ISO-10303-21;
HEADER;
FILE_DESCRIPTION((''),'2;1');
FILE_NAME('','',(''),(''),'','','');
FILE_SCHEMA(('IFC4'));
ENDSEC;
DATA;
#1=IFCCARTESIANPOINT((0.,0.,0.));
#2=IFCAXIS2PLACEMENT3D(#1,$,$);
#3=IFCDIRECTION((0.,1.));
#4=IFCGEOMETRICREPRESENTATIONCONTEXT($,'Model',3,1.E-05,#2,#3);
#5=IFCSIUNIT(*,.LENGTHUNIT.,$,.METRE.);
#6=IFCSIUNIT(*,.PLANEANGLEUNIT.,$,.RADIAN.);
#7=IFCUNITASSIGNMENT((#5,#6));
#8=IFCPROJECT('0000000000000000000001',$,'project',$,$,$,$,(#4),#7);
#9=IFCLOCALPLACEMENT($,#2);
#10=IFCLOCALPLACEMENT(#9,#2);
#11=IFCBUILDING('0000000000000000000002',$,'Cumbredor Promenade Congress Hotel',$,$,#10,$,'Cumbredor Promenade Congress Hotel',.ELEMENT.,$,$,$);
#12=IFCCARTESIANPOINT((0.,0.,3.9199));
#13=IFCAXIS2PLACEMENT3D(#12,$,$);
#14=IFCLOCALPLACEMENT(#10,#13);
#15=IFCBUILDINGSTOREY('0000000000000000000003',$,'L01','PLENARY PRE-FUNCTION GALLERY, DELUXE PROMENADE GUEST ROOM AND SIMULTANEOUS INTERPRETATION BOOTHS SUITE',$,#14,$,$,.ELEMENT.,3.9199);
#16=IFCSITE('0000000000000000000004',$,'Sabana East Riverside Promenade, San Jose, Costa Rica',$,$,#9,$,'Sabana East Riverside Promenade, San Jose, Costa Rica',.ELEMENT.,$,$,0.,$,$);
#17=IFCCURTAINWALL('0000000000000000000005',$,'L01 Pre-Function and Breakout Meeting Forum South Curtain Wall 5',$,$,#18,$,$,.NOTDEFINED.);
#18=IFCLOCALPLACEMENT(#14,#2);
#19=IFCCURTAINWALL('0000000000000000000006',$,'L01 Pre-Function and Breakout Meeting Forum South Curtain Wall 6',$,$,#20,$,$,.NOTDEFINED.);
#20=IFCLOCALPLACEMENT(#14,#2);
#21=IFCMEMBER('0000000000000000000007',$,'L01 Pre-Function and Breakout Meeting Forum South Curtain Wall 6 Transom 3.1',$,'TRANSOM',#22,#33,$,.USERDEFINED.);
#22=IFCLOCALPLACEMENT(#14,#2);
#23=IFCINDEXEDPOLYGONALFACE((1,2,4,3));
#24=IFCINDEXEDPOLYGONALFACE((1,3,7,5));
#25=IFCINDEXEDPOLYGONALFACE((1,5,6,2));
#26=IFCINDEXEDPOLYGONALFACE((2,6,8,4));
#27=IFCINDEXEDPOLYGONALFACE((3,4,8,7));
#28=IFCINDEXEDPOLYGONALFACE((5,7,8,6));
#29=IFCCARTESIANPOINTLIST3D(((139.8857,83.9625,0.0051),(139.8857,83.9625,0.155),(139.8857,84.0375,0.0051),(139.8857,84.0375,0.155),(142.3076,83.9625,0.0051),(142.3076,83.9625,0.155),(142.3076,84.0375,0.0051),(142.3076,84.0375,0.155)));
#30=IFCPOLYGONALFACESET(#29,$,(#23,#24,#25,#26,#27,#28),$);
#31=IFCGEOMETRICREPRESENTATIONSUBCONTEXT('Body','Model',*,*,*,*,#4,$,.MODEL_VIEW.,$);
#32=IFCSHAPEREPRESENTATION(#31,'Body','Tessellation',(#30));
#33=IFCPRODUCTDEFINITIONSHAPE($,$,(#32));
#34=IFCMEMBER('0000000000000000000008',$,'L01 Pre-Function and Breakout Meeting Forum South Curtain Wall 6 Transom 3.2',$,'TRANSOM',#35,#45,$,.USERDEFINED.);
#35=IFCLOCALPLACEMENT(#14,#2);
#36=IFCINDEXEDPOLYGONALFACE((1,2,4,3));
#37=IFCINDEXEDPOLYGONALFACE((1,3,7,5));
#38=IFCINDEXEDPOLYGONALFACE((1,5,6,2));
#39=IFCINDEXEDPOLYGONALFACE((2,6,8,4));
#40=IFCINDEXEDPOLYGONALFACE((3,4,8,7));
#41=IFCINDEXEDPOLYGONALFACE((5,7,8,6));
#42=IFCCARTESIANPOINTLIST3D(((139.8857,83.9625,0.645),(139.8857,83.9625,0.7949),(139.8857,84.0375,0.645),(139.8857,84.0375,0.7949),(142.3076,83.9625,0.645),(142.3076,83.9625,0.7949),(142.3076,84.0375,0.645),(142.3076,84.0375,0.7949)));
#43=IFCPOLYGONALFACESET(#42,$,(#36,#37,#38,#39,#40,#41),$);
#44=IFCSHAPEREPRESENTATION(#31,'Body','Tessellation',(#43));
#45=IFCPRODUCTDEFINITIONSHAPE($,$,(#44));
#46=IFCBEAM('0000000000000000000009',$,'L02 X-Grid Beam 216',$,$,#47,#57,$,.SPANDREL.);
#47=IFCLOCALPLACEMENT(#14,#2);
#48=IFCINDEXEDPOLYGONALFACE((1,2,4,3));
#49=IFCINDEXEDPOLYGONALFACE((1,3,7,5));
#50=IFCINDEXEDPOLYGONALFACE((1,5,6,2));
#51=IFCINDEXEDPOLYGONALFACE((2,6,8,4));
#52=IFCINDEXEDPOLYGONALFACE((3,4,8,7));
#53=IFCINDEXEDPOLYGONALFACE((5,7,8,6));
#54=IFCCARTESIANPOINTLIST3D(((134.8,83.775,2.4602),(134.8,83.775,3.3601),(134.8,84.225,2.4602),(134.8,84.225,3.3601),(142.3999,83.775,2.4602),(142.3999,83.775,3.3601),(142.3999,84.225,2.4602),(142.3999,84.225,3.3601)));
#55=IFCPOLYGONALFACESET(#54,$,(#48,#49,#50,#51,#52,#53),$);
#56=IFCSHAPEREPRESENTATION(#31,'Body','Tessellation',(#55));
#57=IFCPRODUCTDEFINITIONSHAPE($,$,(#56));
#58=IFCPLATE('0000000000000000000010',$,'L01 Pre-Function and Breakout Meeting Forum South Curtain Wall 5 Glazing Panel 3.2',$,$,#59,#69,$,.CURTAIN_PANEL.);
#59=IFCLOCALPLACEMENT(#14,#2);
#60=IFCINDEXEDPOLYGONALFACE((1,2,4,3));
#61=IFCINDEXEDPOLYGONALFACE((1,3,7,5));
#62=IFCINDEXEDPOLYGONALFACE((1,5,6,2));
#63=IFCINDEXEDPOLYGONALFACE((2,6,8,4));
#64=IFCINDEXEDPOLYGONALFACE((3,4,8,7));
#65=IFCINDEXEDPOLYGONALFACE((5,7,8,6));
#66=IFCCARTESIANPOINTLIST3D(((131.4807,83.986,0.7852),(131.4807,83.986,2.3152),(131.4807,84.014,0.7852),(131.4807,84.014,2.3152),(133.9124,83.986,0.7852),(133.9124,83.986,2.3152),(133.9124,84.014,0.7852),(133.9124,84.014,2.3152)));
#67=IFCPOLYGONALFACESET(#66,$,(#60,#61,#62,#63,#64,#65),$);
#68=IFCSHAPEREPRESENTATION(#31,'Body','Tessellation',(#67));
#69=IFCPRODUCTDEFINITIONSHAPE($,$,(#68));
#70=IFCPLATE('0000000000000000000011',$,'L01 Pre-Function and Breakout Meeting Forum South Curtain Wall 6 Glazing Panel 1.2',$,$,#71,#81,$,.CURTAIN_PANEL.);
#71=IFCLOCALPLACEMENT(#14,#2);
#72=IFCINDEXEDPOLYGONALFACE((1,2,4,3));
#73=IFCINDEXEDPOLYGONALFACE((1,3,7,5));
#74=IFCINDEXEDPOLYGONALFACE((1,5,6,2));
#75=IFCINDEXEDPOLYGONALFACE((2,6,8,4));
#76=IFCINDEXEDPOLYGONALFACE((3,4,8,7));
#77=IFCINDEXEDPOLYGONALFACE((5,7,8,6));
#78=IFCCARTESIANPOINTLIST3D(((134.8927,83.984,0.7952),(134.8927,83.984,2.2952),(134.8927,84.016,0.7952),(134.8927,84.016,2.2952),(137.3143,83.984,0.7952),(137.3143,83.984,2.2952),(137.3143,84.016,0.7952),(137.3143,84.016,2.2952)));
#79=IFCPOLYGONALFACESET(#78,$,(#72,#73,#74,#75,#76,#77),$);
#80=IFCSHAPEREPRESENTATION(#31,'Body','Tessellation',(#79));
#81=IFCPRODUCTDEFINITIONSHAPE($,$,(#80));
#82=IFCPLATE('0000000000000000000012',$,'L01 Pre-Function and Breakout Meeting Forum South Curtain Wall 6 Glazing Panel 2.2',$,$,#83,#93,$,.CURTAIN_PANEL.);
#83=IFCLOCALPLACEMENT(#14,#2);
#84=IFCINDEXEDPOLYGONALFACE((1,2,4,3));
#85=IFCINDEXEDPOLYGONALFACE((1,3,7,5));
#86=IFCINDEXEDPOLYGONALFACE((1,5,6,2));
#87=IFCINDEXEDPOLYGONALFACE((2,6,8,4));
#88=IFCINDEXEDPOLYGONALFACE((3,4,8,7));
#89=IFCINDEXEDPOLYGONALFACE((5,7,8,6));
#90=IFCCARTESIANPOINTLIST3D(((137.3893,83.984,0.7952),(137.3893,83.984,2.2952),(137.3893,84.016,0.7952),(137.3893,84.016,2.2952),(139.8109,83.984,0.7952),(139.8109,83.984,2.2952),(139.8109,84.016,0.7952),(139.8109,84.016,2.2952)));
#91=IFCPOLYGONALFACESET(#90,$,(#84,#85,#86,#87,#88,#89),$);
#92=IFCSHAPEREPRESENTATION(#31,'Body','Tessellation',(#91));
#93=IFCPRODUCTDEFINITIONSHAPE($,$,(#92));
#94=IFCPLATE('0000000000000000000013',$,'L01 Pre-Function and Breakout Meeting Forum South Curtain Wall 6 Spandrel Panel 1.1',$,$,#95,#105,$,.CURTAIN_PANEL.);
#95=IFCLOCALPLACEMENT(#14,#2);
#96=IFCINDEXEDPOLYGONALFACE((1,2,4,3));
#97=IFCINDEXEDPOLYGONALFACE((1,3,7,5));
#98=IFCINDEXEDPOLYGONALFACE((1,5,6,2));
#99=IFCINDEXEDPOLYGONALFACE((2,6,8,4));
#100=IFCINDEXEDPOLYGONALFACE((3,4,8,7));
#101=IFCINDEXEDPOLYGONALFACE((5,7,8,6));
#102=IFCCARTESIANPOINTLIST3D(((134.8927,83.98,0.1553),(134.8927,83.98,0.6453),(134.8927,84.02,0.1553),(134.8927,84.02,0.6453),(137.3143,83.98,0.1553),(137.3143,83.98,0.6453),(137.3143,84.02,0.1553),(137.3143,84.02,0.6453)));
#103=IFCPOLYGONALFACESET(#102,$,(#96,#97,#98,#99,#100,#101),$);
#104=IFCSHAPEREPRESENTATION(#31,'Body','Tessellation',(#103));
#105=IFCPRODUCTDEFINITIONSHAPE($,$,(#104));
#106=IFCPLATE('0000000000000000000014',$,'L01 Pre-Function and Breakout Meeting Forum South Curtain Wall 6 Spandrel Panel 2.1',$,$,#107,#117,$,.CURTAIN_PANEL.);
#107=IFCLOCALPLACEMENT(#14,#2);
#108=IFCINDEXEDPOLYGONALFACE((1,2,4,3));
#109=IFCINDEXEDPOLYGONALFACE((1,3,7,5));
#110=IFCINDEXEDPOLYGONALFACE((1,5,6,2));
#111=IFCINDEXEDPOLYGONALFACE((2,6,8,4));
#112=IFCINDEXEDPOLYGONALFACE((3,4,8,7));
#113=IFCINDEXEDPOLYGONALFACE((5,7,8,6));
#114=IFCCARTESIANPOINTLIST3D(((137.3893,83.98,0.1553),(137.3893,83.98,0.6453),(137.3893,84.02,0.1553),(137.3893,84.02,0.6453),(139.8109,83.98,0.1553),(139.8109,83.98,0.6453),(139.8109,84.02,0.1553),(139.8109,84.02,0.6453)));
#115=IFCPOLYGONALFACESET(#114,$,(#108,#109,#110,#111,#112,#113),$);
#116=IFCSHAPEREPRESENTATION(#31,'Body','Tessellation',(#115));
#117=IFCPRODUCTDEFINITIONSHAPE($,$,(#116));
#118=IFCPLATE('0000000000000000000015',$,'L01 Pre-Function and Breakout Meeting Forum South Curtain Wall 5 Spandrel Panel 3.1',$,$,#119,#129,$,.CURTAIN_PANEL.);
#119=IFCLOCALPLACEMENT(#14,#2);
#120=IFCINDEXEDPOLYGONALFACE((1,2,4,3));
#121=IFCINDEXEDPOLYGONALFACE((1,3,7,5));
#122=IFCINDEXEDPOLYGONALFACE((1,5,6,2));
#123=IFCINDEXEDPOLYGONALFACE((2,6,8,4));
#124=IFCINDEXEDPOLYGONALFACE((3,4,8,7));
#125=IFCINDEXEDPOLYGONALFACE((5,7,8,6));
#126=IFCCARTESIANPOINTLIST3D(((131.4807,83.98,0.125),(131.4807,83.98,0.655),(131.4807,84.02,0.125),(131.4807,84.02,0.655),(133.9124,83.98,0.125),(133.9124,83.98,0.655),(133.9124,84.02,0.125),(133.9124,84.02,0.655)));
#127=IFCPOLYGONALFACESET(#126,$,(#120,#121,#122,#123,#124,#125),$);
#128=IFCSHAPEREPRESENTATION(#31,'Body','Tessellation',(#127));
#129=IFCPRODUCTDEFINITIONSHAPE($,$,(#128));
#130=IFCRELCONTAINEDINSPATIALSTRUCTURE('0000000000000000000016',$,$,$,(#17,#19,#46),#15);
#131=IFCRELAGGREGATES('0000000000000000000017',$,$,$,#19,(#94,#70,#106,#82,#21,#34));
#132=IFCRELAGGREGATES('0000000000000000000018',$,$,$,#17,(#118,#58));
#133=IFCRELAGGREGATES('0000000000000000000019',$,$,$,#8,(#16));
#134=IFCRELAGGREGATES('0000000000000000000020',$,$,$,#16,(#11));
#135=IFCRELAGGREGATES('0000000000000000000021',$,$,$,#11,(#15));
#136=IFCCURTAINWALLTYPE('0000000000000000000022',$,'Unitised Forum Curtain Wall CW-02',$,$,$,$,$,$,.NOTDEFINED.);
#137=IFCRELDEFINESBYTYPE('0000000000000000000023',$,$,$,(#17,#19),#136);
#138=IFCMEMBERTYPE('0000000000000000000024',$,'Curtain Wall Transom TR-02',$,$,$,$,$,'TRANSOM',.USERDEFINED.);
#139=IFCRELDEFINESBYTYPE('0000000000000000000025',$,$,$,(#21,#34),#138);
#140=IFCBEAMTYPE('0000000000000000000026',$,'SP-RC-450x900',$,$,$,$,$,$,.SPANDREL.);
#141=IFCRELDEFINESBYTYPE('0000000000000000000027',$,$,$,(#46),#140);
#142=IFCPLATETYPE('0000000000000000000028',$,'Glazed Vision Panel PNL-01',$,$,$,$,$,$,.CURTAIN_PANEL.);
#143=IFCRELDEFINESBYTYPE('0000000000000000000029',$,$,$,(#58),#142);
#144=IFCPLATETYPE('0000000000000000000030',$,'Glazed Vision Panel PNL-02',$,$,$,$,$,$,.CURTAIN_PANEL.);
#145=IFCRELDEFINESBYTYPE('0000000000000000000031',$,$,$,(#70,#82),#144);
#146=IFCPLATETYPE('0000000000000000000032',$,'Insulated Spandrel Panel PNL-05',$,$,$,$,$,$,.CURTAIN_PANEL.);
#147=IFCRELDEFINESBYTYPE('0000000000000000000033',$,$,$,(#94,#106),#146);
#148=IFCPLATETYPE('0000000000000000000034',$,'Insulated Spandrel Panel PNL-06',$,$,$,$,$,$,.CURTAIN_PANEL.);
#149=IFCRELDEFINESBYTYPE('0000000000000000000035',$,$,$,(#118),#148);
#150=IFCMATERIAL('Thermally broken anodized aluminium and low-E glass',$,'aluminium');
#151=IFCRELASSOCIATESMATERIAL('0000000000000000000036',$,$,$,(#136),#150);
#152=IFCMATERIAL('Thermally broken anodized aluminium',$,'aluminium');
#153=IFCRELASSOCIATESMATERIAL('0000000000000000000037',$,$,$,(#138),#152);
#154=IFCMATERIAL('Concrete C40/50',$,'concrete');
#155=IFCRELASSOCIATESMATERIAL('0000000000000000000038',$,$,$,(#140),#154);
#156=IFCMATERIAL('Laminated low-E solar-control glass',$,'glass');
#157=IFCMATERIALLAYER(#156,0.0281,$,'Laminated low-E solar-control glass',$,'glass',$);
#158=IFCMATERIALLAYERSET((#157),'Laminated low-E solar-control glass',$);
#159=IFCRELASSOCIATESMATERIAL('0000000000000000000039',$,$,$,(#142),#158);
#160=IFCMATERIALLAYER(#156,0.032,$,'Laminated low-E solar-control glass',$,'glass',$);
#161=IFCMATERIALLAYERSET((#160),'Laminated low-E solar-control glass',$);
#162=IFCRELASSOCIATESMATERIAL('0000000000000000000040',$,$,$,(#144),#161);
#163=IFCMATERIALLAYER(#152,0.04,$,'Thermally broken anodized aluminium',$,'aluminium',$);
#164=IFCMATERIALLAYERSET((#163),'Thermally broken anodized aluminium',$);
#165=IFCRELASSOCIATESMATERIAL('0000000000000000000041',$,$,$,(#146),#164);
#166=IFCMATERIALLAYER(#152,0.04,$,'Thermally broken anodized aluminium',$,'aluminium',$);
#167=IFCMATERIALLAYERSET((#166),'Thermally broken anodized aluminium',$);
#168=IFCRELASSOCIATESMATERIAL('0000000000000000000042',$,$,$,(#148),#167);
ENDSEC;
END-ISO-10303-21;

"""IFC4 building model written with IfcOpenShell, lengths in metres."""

from ifc_helpers import new_model, si_unit, direction, frame, origin, origin_2d, place, context, subcontext, project, spatial, rectangle, extrude, material, layer, layer_set, material_profile, profile_set, type_object, element, aggregate, save


model = new_model("IFC4")

# Units and contexts
model_context = context("Model", 3, precision=1e-05, world=origin(), true_north=direction((0.0, 1.0)))
body_context = subcontext(model_context, "Body", "Model", "MODEL_VIEW")
ifc_project = project(units=[si_unit("LENGTHUNIT", "METRE"), si_unit("PLANEANGLEUNIT", "RADIAN")], contexts=[model_context])

# Site, building, storey
site_placement = place(None, origin())
site = spatial("IfcSite", under=ifc_project, at=site_placement, Name="Sabana East Riverside Promenade, San Jose, Costa Rica", LongName="Sabana East Riverside Promenade, San Jose, Costa Rica", CompositionType="ELEMENT", RefElevation=0.0)
building_placement = place(site_placement, origin())
building = spatial("IfcBuilding", under=site, at=building_placement, Name="Cumbredor Promenade Congress Hotel", LongName="Cumbredor Promenade Congress Hotel", CompositionType="ELEMENT")
storey_placement = place(building_placement, frame((0.0, 0.0, 3.9199)))
storey = spatial("IfcBuildingStorey", under=building, at=storey_placement, Name="L01", Description="PLENARY PRE-FUNCTION GALLERY, DELUXE PROMENADE GUEST ROOM AND SIMULTANEOUS INTERPRETATION BOOTHS SUITE", CompositionType="ELEMENT", Elevation=3.9199)

# Curtain wall
ifc_material_1 = material(Name="Thermally broken anodized aluminium and low-E glass", Category="aluminium")
curtain_wall_type = type_object("IfcCurtainWallType", Name="Unitised Forum Curtain Wall CW-02", PredefinedType="NOTDEFINED", material=ifc_material_1)
curtain_wall_1_placement = place(storey_placement, origin())
curtain_wall_1 = element("IfcCurtainWall", 1, at=curtain_wall_1_placement, inside=storey, type_object=curtain_wall_type, Name="L01 Pre-Function and Breakout Meeting Forum South Curtain Wall 5", PredefinedType="NOTDEFINED")
ifc_material_2 = material(Name="Thermally broken anodized aluminium", Category="aluminium")

# Curtain wall
curtain_wall_2_placement = place(storey_placement, origin())
curtain_wall_2 = element("IfcCurtainWall", 2, at=curtain_wall_2_placement, inside=storey, type_object=curtain_wall_type, Name="L01 Pre-Function and Breakout Meeting Forum South Curtain Wall 6", PredefinedType="NOTDEFINED")

# Members
ifc_material_profile_1 = material_profile(ifc_material_2, rectangle(XDim=0.075, YDim=0.1499, at=origin_2d()), Name="ALU TRANSOM 75x150")
ifc_profile_set_1 = profile_set([ifc_material_profile_1], Name="Thermally broken anodized aluminium")
member_type_1 = type_object("IfcMemberType", Name="Curtain Wall Transom TR-02", ElementType="TRANSOM", PredefinedType="USERDEFINED", material=ifc_profile_set_1)
member_1_placement = place(storey_placement, frame((139.8857, 84.0, 0.0801), z_axis=(1.0, 0.0, 0.0), x_axis=(0.0, 1.0, 0.0)))
member_1 = element("IfcMember", 3, at=member_1_placement, type_object=member_type_1, Name="L01 Pre-Function and Breakout Meeting Forum South Curtain Wall 6 Transom 3.1", ObjectType="TRANSOM", PredefinedType="USERDEFINED", context=body_context, shape_type="SweptSolid", body=[
    extrude(rectangle(XDim=0.075, YDim=0.1499, at=origin_2d()), origin(), (0.0, 0.0, 1.0), 2.4219),
])
member_2_placement = place(storey_placement, frame((139.8857, 84.0, 0.72), z_axis=(1.0, 0.0, 0.0), x_axis=(0.0, 1.0, 0.0)))
member_2 = element("IfcMember", 4, at=member_2_placement, type_object=member_type_1, Name="L01 Pre-Function and Breakout Meeting Forum South Curtain Wall 6 Transom 3.2", ObjectType="TRANSOM", PredefinedType="USERDEFINED", context=body_context, shape_type="SweptSolid", body=[
    extrude(rectangle(XDim=0.075, YDim=0.1499, at=origin_2d()), origin(), (0.0, 0.0, 1.0), 2.4219),
])

# Beam
ifc_material_3 = material(Name="Concrete C40/50", Category="concrete")
ifc_material_profile_2 = material_profile(ifc_material_3, rectangle(XDim=0.45, YDim=0.8999, at=origin_2d()), Name="RC SPANDREL 450x900")
ifc_profile_set_2 = profile_set([ifc_material_profile_2], Name="Concrete C40/50")
beam_type = type_object("IfcBeamType", Name="SP-RC-450x900", PredefinedType="SPANDREL", material=ifc_profile_set_2)
beam_placement = place(storey_placement, frame((134.8, 84.0, 2.9102), z_axis=(1.0, 0.0, 0.0), x_axis=(0.0, 1.0, 0.0)))
element("IfcBeam", 5, at=beam_placement, inside=storey, type_object=beam_type, Name="L02 X-Grid Beam 216", PredefinedType="SPANDREL", context=body_context, shape_type="SweptSolid", body=[
    extrude(rectangle(XDim=0.45, YDim=0.8999, at=origin_2d()), origin(), (0.0, 0.0, 1.0), 7.5999),
])

# Plates
ifc_material_4 = material(Name="Laminated low-E solar-control glass", Category="glass")
ifc_layer_1 = layer(ifc_material_4, 0.0281, Name="Laminated low-E solar-control glass", Category="glass")
ifc_layer_set_1 = layer_set([ifc_layer_1], Name="Laminated low-E solar-control glass")
plate_type_1 = type_object("IfcPlateType", Name="Glazed Vision Panel PNL-01", PredefinedType="CURTAIN_PANEL", material=ifc_layer_set_1)
plate_1_placement = place(storey_placement, frame((132.6965, 84.0, 0.7852), z_axis=(0.0, 0.0, 1.0), x_axis=(1.0, 0.0, 0.0)))
plate_1 = element("IfcPlate", 6, at=plate_1_placement, type_object=plate_type_1, Name="L01 Pre-Function and Breakout Meeting Forum South Curtain Wall 5 Glazing Panel 3.2", PredefinedType="CURTAIN_PANEL", context=body_context, shape_type="SweptSolid", body=[
    extrude(rectangle(XDim=2.4316, YDim=0.0281, at=origin_2d()), origin(), (0.0, 0.0, 1.0), 1.53),
])
ifc_layer_2 = layer(ifc_material_4, 0.032, Name="Laminated low-E solar-control glass", Category="glass")
ifc_layer_set_2 = layer_set([ifc_layer_2], Name="Laminated low-E solar-control glass")
plate_type_2 = type_object("IfcPlateType", Name="Glazed Vision Panel PNL-02", PredefinedType="CURTAIN_PANEL", material=ifc_layer_set_2)
plate_2_placement = place(storey_placement, frame((136.1035, 84.0, 0.7952), z_axis=(0.0, 0.0, 1.0), x_axis=(1.0, 0.0, 0.0)))
plate_2 = element("IfcPlate", 7, at=plate_2_placement, type_object=plate_type_2, Name="L01 Pre-Function and Breakout Meeting Forum South Curtain Wall 6 Glazing Panel 1.2", PredefinedType="CURTAIN_PANEL", context=body_context, shape_type="SweptSolid", body=[
    extrude(rectangle(XDim=2.4216, YDim=0.032, at=origin_2d()), origin(), (0.0, 0.0, 1.0), 1.5),
])
plate_3_placement = place(storey_placement, frame((138.6001, 84.0, 0.7952), z_axis=(0.0, 0.0, 1.0), x_axis=(1.0, 0.0, 0.0)))
plate_3 = element("IfcPlate", 8, at=plate_3_placement, type_object=plate_type_2, Name="L01 Pre-Function and Breakout Meeting Forum South Curtain Wall 6 Glazing Panel 2.2", PredefinedType="CURTAIN_PANEL", context=body_context, shape_type="SweptSolid", body=[
    extrude(rectangle(XDim=2.4216, YDim=0.032, at=origin_2d()), origin(), (0.0, 0.0, 1.0), 1.5),
])
ifc_layer_3 = layer(ifc_material_2, 0.04, Name="Thermally broken anodized aluminium", Category="aluminium")
ifc_layer_set_3 = layer_set([ifc_layer_3], Name="Thermally broken anodized aluminium")
plate_type_3 = type_object("IfcPlateType", Name="Insulated Spandrel Panel PNL-05", PredefinedType="CURTAIN_PANEL", material=ifc_layer_set_3)
plate_4_placement = place(storey_placement, frame((136.1035, 84.0, 0.1553), z_axis=(0.0, 0.0, 1.0), x_axis=(1.0, 0.0, 0.0)))
plate_4 = element("IfcPlate", 9, at=plate_4_placement, type_object=plate_type_3, Name="L01 Pre-Function and Breakout Meeting Forum South Curtain Wall 6 Spandrel Panel 1.1", PredefinedType="CURTAIN_PANEL", context=body_context, shape_type="SweptSolid", body=[
    extrude(rectangle(XDim=2.4216, YDim=0.04, at=origin_2d()), origin(), (0.0, 0.0, 1.0), 0.49),
])
plate_5_placement = place(storey_placement, frame((138.6001, 84.0, 0.1553), z_axis=(0.0, 0.0, 1.0), x_axis=(1.0, 0.0, 0.0)))
plate_5 = element("IfcPlate", 10, at=plate_5_placement, type_object=plate_type_3, Name="L01 Pre-Function and Breakout Meeting Forum South Curtain Wall 6 Spandrel Panel 2.1", PredefinedType="CURTAIN_PANEL", context=body_context, shape_type="SweptSolid", body=[
    extrude(rectangle(XDim=2.4216, YDim=0.04, at=origin_2d()), origin(), (0.0, 0.0, 1.0), 0.49),
])
aggregate(curtain_wall_2, [plate_4, plate_2, plate_5, plate_3, member_1, member_2])
ifc_layer_4 = layer(ifc_material_2, 0.04, Name="Thermally broken anodized aluminium", Category="aluminium")
ifc_layer_set_4 = layer_set([ifc_layer_4], Name="Thermally broken anodized aluminium")
plate_type_4 = type_object("IfcPlateType", Name="Insulated Spandrel Panel PNL-06", PredefinedType="CURTAIN_PANEL", material=ifc_layer_set_4)
plate_6_placement = place(storey_placement, frame((132.6965, 84.0, 0.125), z_axis=(0.0, 0.0, 1.0), x_axis=(1.0, 0.0, 0.0)))
plate_6 = element("IfcPlate", 11, at=plate_6_placement, type_object=plate_type_4, Name="L01 Pre-Function and Breakout Meeting Forum South Curtain Wall 5 Spandrel Panel 3.1", PredefinedType="CURTAIN_PANEL", context=body_context, shape_type="SweptSolid", body=[
    extrude(rectangle(XDim=2.4316, YDim=0.04, at=origin_2d()), origin(), (0.0, 0.0, 1.0), 0.53),
])
aggregate(curtain_wall_1, [plate_6, plate_1])

save(model, "model.ifc")
